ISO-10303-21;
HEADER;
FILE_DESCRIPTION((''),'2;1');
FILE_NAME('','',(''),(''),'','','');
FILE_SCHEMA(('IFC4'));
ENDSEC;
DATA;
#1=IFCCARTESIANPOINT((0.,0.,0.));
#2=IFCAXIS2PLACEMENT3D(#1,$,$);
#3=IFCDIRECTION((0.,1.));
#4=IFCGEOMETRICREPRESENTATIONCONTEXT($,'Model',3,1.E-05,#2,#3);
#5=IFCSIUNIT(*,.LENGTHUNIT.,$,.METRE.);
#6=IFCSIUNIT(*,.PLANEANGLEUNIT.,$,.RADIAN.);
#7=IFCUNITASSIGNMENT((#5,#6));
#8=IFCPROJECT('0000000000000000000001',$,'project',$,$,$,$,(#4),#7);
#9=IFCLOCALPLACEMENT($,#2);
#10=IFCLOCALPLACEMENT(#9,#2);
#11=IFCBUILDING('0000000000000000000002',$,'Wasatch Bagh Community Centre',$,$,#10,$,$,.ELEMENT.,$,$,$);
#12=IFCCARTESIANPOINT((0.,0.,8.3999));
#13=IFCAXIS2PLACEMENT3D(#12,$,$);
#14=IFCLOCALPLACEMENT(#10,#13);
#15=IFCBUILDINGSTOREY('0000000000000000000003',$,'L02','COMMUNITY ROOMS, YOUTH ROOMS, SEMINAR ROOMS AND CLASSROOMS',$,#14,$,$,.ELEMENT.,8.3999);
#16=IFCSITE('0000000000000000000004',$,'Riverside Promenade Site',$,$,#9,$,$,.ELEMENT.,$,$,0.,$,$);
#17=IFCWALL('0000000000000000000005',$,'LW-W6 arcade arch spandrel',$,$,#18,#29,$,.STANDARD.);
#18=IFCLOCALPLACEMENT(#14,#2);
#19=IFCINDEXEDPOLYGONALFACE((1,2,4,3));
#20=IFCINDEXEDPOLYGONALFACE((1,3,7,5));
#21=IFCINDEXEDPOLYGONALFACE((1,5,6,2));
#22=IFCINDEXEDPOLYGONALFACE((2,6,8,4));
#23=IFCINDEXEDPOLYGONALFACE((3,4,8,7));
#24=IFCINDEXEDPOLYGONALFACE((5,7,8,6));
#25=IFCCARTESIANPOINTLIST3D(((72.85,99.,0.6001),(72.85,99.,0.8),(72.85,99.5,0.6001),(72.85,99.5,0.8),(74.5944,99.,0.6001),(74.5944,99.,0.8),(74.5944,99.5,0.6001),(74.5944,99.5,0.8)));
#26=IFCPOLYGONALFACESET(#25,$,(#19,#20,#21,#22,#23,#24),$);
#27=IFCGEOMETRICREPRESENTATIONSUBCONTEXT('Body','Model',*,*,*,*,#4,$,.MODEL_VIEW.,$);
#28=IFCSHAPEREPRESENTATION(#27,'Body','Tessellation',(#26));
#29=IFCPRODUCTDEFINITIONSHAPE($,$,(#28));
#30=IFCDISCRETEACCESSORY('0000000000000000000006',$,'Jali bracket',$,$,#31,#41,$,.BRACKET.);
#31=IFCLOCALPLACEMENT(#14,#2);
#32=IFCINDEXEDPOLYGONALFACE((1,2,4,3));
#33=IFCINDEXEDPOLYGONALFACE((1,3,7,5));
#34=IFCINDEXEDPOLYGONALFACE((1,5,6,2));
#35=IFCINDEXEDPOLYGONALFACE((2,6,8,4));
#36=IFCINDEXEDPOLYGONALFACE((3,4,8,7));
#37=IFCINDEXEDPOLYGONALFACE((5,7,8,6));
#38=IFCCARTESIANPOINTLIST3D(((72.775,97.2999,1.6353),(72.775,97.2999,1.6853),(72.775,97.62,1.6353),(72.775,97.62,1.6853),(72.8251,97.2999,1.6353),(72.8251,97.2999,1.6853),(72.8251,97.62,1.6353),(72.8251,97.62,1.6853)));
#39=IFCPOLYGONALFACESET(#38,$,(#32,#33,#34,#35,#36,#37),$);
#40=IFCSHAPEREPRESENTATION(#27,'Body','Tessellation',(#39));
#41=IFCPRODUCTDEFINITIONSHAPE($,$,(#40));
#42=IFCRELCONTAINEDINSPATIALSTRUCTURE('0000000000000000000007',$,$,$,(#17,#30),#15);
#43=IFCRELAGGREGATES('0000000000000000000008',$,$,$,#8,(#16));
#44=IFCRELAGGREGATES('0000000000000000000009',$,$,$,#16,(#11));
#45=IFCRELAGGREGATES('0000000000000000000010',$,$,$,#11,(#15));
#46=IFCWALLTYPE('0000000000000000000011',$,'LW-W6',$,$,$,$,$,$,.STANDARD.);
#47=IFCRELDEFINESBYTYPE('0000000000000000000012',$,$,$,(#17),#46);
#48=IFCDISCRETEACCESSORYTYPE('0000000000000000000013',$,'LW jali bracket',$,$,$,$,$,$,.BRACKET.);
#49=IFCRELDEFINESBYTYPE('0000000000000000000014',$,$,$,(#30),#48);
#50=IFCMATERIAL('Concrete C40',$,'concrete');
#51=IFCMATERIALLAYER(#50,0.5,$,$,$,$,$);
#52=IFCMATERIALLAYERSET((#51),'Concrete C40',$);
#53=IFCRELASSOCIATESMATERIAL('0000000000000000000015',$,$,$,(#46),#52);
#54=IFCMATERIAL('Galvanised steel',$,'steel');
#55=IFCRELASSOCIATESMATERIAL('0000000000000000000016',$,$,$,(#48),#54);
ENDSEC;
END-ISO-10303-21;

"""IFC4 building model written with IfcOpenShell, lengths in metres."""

from ifc_helpers import new_model, si_unit, direction, frame, frame_2d, origin, origin_2d, place, context, subcontext, project, spatial, rectangle, extrude, material, layer, layer_set, type_object, element, save


model = new_model("IFC4")

# Units and contexts
model_context = context("Model", 3, precision=1e-05, world=origin(), true_north=direction((0.0, 1.0)))
body_context = subcontext(model_context, "Body", "Model", "MODEL_VIEW")
ifc_project = project(units=[si_unit("LENGTHUNIT", "METRE"), si_unit("PLANEANGLEUNIT", "RADIAN")], contexts=[model_context])

# Site, building, storey
site_placement = place(None, origin())
site = spatial("IfcSite", under=ifc_project, at=site_placement, Name="Riverside Promenade Site", CompositionType="ELEMENT", RefElevation=0.0)
building_placement = place(site_placement, origin())
building = spatial("IfcBuilding", under=site, at=building_placement, Name="Wasatch Bagh Community Centre", CompositionType="ELEMENT")
storey_placement = place(building_placement, frame((0.0, 0.0, 8.3999)))
storey = spatial("IfcBuildingStorey", under=building, at=storey_placement, Name="L02", Description="COMMUNITY ROOMS, YOUTH ROOMS, SEMINAR ROOMS AND CLASSROOMS", CompositionType="ELEMENT", Elevation=8.3999)

# Shared definitions
ifc_material_1 = material(Name="Concrete C40", Category="concrete")

# Wall
ifc_layer_1 = layer(ifc_material_1, 0.5)
ifc_layer_set_1 = layer_set([ifc_layer_1], Name="Concrete C40")
wall_type_1 = type_object("IfcWallType", Name="LW-W6", PredefinedType="STANDARD", material=ifc_layer_set_1)
wall_1_placement = place(storey_placement, frame((72.8501, 99.25, 0.6001), z_axis=(0.0, 0.0, 1.0), x_axis=(1.0, 0.0, 0.0)))
element("IfcWall", 1, at=wall_1_placement, inside=storey, type_object=wall_type_1, Name="LW-W6 arcade arch spandrel", PredefinedType="STANDARD", context=body_context, shape_type="SweptSolid", body=[
    extrude(rectangle(XDim=1.7444, YDim=0.5, at=frame_2d((0.8721, 0.0))), origin(), (0.0, 0.0, 1.0), 0.2),
])

# Discrete accessory
ifc_material_2 = material(Name="Galvanised steel", Category="steel")
discrete_accessory_type = type_object("IfcDiscreteAccessoryType", Name="LW jali bracket", PredefinedType="BRACKET", material=ifc_material_2)
discrete_accessory_placement = place(storey_placement, frame((72.8, 97.46, 1.6353), z_axis=(0.0, 0.0, 1.0), x_axis=(1.0, 0.0, 0.0)))
element("IfcDiscreteAccessory", 2, at=discrete_accessory_placement, inside=storey, type_object=discrete_accessory_type, Name="Jali bracket", PredefinedType="BRACKET", context=body_context, shape_type="SweptSolid", body=[
    extrude(rectangle(XDim=0.05, YDim=0.3201, at=origin_2d()), origin(), (0.0, 0.0, 1.0), 0.05),
])

save(model, "model.ifc")
